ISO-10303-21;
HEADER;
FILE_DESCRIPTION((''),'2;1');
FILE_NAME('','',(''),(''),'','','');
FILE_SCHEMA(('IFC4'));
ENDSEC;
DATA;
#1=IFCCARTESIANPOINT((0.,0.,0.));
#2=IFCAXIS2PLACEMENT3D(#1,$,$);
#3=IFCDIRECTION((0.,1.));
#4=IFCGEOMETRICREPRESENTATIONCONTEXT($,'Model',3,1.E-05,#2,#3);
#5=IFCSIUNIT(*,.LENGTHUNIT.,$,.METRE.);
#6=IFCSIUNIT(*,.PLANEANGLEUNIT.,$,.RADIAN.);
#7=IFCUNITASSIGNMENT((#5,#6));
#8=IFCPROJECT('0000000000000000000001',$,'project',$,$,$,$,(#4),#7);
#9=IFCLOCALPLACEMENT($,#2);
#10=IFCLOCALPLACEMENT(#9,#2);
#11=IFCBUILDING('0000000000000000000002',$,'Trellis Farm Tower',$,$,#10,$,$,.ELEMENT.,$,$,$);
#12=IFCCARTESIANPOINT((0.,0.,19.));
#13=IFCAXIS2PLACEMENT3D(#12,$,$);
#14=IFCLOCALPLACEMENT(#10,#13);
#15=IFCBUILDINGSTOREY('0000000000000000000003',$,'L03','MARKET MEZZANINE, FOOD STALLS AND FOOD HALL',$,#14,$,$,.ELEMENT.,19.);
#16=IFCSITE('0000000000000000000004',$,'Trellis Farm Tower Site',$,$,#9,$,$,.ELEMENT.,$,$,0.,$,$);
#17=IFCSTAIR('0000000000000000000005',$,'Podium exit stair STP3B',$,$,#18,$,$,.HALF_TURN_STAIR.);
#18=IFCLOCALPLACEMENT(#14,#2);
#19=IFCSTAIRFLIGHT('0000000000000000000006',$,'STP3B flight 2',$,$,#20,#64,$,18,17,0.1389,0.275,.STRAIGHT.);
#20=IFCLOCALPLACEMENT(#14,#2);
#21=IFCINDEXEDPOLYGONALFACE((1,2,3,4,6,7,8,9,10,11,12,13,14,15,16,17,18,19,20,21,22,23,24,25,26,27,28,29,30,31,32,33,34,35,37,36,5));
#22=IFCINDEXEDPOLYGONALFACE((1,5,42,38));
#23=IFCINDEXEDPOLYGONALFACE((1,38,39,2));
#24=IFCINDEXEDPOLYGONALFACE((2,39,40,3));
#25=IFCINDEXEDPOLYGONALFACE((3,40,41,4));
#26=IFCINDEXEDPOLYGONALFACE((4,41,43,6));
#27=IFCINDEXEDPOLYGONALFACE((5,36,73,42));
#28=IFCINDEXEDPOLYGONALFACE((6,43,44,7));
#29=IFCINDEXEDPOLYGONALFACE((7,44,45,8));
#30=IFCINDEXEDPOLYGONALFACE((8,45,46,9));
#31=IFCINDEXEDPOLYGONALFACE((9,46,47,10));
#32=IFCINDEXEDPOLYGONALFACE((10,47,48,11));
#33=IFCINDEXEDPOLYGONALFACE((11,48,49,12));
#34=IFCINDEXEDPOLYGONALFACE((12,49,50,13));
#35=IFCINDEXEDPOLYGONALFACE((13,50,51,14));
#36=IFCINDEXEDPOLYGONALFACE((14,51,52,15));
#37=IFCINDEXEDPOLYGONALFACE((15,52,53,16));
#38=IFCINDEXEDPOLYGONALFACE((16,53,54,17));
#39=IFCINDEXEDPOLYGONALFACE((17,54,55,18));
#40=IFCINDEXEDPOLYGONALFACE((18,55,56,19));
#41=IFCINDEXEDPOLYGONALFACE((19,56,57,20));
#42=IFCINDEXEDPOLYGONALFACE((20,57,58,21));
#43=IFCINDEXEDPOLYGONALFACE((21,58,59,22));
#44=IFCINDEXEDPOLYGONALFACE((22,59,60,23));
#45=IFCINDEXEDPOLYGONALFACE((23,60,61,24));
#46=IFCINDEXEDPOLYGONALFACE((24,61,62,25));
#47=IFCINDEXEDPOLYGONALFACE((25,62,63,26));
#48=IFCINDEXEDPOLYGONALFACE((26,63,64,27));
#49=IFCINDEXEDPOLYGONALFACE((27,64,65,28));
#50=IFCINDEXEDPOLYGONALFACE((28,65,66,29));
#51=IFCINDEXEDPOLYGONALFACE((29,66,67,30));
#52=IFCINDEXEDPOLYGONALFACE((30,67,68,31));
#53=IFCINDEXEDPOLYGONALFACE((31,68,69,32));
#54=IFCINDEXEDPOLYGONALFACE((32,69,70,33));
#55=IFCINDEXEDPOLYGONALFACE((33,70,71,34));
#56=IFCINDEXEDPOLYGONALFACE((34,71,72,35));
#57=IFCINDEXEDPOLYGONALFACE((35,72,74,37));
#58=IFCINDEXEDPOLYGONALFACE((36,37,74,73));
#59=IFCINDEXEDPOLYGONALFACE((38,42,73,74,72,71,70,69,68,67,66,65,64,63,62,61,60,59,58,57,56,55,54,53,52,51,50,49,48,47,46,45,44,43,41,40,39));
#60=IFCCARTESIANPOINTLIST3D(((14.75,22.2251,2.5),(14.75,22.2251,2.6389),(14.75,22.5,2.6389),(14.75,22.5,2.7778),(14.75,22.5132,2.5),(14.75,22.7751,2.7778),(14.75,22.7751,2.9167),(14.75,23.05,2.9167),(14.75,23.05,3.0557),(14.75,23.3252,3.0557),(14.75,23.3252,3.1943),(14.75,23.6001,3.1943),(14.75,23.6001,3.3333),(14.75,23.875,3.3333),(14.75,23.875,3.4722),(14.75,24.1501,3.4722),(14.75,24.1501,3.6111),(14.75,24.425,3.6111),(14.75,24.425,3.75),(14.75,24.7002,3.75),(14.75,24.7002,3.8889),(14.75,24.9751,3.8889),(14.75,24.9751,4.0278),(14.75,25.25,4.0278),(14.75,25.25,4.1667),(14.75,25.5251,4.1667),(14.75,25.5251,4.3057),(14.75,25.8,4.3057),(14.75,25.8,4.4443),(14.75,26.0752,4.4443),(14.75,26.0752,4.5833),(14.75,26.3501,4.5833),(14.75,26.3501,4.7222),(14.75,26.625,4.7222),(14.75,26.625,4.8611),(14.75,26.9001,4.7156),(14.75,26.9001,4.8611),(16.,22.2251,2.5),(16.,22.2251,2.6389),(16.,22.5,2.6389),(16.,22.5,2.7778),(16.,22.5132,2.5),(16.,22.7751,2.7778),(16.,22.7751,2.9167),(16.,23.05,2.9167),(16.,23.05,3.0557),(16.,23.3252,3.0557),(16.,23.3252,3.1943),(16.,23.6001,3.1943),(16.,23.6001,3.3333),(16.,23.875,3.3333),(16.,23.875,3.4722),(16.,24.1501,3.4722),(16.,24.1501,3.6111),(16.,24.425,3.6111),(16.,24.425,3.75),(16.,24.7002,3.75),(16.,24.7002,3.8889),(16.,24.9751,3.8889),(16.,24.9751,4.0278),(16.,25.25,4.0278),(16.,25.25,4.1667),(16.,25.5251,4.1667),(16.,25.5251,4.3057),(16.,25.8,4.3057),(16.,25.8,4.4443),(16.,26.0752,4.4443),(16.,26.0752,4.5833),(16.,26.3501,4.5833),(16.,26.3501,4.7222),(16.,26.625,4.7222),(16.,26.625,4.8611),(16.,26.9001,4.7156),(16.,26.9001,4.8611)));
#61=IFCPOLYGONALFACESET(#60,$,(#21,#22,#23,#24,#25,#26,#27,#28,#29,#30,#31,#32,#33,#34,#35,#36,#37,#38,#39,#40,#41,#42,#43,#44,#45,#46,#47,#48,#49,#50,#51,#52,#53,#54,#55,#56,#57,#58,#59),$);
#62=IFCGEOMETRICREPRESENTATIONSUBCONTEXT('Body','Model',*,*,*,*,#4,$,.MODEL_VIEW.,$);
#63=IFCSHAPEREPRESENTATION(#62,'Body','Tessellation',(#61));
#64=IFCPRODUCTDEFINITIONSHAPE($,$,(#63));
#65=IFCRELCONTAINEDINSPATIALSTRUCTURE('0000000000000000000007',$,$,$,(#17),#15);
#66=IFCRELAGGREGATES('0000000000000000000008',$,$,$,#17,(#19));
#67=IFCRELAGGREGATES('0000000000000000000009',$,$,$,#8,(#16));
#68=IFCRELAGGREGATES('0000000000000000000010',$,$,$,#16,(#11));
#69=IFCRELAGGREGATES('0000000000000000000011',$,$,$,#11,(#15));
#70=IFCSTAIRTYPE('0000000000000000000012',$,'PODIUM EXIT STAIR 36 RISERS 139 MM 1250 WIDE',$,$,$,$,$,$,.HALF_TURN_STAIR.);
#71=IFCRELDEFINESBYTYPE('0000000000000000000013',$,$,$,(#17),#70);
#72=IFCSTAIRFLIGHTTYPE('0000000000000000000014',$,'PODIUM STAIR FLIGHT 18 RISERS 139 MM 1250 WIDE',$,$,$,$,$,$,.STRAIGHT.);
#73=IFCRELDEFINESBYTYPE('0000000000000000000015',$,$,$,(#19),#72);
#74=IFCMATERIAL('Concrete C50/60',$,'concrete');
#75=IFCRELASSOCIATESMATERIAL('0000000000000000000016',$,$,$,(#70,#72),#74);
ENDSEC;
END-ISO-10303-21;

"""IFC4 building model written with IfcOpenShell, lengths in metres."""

from ifc_helpers import new_model, si_unit, direction, frame, origin, place, context, subcontext, project, spatial, polyline, outline, extrude, source, transform, mapped, material, type_object, element, aggregate, save


model = new_model("IFC4")

# Units and contexts
model_context = context("Model", 3, precision=1e-05, world=origin(), true_north=direction((0.0, 1.0)))
body_context = subcontext(model_context, "Body", "Model", "MODEL_VIEW")
ifc_project = project(units=[si_unit("LENGTHUNIT", "METRE"), si_unit("PLANEANGLEUNIT", "RADIAN")], contexts=[model_context])

# Site, building, storey
site_placement = place(None, origin())
site = spatial("IfcSite", under=ifc_project, at=site_placement, Name="Trellis Farm Tower Site", CompositionType="ELEMENT", RefElevation=0.0)
building_placement = place(site_placement, origin())
building = spatial("IfcBuilding", under=site, at=building_placement, Name="Trellis Farm Tower", CompositionType="ELEMENT")
storey_placement = place(building_placement, frame((0.0, 0.0, 19.0)))
storey = spatial("IfcBuildingStorey", under=building, at=storey_placement, Name="L03", Description="MARKET MEZZANINE, FOOD STALLS AND FOOD HALL", CompositionType="ELEMENT", Elevation=19.0)

# Stair, stair flight
ifc_material_1 = material(Name="Concrete C50/60", Category="concrete")
stair_type = type_object("IfcStairType", Name="PODIUM EXIT STAIR 36 RISERS 139 MM 1250 WIDE", PredefinedType="HALF_TURN_STAIR", material=ifc_material_1)
placement = place(storey_placement, origin())
stair_flight_type = type_object("IfcStairFlightType", Name="PODIUM STAIR FLIGHT 18 RISERS 139 MM 1250 WIDE", PredefinedType="STRAIGHT", material=ifc_material_1)
shared_shape_1 = source(origin(), body_context, "Body", "SweptSolid", [
    extrude(outline(polyline([(0.0, 0.0), (0.0, 0.1389), (0.2749, 0.1389), (0.2749, 0.2778), (0.55, 0.2778), (0.55, 0.4167), (0.825, 0.4167), (0.825, 0.5557), (1.1001, 0.5557), (1.1001, 0.6943), (1.375, 0.6943), (1.375, 0.8333), (1.6499, 0.8333), (1.6499, 0.9722), (1.925, 0.9722), (1.925, 1.1111), (2.2, 1.1111), (2.2, 1.25), (2.4751, 1.25), (2.4751, 1.3889), (2.75, 1.3889), (2.75, 1.5278), (3.0249, 1.5278), (3.0249, 1.6667), (3.3, 1.6667), (3.3, 1.8057), (3.575, 1.8057), (3.575, 1.9443), (3.8501, 1.9443), (3.8501, 2.0833), (4.125, 2.0833), (4.125, 2.2222), (4.3999, 2.2222), (4.3999, 2.3611), (4.675, 2.3611), (4.675, 2.5), (4.675, 2.2156), (0.2881, 0.0), (0.0, 0.0)])), frame((0.0, 0.625, 0.0), z_axis=(0.0, -1.0, 0.0), x_axis=(1.0, 0.0, 0.0)), (0.0, 0.0, 1.0), 1.25),
])
stair_1 = element("IfcStair", 1, at=placement, inside=storey, type_object=stair_type, Name="Podium exit stair STP3B", PredefinedType="HALF_TURN_STAIR")
stair_flight_1_placement = place(storey_placement, frame((15.375, 22.2251, 2.5), z_axis=(0.0, 0.0, 1.0), x_axis=(0.0, 1.0, 0.0)))
stair_flight_1 = element("IfcStairFlight", 2, at=stair_flight_1_placement, type_object=stair_flight_type, Name="STP3B flight 2", NumberOfRisers=18, NumberOfTreads=17, PredefinedType="STRAIGHT", RiserHeight=0.1389, TreadLength=0.275, context=body_context, shape_type="MappedRepresentation", body=[
    mapped(shared_shape_1, transform((0.0, 0.0, 0.0))),
])
aggregate(stair_1, [stair_flight_1])

save(model, "model.ifc")
